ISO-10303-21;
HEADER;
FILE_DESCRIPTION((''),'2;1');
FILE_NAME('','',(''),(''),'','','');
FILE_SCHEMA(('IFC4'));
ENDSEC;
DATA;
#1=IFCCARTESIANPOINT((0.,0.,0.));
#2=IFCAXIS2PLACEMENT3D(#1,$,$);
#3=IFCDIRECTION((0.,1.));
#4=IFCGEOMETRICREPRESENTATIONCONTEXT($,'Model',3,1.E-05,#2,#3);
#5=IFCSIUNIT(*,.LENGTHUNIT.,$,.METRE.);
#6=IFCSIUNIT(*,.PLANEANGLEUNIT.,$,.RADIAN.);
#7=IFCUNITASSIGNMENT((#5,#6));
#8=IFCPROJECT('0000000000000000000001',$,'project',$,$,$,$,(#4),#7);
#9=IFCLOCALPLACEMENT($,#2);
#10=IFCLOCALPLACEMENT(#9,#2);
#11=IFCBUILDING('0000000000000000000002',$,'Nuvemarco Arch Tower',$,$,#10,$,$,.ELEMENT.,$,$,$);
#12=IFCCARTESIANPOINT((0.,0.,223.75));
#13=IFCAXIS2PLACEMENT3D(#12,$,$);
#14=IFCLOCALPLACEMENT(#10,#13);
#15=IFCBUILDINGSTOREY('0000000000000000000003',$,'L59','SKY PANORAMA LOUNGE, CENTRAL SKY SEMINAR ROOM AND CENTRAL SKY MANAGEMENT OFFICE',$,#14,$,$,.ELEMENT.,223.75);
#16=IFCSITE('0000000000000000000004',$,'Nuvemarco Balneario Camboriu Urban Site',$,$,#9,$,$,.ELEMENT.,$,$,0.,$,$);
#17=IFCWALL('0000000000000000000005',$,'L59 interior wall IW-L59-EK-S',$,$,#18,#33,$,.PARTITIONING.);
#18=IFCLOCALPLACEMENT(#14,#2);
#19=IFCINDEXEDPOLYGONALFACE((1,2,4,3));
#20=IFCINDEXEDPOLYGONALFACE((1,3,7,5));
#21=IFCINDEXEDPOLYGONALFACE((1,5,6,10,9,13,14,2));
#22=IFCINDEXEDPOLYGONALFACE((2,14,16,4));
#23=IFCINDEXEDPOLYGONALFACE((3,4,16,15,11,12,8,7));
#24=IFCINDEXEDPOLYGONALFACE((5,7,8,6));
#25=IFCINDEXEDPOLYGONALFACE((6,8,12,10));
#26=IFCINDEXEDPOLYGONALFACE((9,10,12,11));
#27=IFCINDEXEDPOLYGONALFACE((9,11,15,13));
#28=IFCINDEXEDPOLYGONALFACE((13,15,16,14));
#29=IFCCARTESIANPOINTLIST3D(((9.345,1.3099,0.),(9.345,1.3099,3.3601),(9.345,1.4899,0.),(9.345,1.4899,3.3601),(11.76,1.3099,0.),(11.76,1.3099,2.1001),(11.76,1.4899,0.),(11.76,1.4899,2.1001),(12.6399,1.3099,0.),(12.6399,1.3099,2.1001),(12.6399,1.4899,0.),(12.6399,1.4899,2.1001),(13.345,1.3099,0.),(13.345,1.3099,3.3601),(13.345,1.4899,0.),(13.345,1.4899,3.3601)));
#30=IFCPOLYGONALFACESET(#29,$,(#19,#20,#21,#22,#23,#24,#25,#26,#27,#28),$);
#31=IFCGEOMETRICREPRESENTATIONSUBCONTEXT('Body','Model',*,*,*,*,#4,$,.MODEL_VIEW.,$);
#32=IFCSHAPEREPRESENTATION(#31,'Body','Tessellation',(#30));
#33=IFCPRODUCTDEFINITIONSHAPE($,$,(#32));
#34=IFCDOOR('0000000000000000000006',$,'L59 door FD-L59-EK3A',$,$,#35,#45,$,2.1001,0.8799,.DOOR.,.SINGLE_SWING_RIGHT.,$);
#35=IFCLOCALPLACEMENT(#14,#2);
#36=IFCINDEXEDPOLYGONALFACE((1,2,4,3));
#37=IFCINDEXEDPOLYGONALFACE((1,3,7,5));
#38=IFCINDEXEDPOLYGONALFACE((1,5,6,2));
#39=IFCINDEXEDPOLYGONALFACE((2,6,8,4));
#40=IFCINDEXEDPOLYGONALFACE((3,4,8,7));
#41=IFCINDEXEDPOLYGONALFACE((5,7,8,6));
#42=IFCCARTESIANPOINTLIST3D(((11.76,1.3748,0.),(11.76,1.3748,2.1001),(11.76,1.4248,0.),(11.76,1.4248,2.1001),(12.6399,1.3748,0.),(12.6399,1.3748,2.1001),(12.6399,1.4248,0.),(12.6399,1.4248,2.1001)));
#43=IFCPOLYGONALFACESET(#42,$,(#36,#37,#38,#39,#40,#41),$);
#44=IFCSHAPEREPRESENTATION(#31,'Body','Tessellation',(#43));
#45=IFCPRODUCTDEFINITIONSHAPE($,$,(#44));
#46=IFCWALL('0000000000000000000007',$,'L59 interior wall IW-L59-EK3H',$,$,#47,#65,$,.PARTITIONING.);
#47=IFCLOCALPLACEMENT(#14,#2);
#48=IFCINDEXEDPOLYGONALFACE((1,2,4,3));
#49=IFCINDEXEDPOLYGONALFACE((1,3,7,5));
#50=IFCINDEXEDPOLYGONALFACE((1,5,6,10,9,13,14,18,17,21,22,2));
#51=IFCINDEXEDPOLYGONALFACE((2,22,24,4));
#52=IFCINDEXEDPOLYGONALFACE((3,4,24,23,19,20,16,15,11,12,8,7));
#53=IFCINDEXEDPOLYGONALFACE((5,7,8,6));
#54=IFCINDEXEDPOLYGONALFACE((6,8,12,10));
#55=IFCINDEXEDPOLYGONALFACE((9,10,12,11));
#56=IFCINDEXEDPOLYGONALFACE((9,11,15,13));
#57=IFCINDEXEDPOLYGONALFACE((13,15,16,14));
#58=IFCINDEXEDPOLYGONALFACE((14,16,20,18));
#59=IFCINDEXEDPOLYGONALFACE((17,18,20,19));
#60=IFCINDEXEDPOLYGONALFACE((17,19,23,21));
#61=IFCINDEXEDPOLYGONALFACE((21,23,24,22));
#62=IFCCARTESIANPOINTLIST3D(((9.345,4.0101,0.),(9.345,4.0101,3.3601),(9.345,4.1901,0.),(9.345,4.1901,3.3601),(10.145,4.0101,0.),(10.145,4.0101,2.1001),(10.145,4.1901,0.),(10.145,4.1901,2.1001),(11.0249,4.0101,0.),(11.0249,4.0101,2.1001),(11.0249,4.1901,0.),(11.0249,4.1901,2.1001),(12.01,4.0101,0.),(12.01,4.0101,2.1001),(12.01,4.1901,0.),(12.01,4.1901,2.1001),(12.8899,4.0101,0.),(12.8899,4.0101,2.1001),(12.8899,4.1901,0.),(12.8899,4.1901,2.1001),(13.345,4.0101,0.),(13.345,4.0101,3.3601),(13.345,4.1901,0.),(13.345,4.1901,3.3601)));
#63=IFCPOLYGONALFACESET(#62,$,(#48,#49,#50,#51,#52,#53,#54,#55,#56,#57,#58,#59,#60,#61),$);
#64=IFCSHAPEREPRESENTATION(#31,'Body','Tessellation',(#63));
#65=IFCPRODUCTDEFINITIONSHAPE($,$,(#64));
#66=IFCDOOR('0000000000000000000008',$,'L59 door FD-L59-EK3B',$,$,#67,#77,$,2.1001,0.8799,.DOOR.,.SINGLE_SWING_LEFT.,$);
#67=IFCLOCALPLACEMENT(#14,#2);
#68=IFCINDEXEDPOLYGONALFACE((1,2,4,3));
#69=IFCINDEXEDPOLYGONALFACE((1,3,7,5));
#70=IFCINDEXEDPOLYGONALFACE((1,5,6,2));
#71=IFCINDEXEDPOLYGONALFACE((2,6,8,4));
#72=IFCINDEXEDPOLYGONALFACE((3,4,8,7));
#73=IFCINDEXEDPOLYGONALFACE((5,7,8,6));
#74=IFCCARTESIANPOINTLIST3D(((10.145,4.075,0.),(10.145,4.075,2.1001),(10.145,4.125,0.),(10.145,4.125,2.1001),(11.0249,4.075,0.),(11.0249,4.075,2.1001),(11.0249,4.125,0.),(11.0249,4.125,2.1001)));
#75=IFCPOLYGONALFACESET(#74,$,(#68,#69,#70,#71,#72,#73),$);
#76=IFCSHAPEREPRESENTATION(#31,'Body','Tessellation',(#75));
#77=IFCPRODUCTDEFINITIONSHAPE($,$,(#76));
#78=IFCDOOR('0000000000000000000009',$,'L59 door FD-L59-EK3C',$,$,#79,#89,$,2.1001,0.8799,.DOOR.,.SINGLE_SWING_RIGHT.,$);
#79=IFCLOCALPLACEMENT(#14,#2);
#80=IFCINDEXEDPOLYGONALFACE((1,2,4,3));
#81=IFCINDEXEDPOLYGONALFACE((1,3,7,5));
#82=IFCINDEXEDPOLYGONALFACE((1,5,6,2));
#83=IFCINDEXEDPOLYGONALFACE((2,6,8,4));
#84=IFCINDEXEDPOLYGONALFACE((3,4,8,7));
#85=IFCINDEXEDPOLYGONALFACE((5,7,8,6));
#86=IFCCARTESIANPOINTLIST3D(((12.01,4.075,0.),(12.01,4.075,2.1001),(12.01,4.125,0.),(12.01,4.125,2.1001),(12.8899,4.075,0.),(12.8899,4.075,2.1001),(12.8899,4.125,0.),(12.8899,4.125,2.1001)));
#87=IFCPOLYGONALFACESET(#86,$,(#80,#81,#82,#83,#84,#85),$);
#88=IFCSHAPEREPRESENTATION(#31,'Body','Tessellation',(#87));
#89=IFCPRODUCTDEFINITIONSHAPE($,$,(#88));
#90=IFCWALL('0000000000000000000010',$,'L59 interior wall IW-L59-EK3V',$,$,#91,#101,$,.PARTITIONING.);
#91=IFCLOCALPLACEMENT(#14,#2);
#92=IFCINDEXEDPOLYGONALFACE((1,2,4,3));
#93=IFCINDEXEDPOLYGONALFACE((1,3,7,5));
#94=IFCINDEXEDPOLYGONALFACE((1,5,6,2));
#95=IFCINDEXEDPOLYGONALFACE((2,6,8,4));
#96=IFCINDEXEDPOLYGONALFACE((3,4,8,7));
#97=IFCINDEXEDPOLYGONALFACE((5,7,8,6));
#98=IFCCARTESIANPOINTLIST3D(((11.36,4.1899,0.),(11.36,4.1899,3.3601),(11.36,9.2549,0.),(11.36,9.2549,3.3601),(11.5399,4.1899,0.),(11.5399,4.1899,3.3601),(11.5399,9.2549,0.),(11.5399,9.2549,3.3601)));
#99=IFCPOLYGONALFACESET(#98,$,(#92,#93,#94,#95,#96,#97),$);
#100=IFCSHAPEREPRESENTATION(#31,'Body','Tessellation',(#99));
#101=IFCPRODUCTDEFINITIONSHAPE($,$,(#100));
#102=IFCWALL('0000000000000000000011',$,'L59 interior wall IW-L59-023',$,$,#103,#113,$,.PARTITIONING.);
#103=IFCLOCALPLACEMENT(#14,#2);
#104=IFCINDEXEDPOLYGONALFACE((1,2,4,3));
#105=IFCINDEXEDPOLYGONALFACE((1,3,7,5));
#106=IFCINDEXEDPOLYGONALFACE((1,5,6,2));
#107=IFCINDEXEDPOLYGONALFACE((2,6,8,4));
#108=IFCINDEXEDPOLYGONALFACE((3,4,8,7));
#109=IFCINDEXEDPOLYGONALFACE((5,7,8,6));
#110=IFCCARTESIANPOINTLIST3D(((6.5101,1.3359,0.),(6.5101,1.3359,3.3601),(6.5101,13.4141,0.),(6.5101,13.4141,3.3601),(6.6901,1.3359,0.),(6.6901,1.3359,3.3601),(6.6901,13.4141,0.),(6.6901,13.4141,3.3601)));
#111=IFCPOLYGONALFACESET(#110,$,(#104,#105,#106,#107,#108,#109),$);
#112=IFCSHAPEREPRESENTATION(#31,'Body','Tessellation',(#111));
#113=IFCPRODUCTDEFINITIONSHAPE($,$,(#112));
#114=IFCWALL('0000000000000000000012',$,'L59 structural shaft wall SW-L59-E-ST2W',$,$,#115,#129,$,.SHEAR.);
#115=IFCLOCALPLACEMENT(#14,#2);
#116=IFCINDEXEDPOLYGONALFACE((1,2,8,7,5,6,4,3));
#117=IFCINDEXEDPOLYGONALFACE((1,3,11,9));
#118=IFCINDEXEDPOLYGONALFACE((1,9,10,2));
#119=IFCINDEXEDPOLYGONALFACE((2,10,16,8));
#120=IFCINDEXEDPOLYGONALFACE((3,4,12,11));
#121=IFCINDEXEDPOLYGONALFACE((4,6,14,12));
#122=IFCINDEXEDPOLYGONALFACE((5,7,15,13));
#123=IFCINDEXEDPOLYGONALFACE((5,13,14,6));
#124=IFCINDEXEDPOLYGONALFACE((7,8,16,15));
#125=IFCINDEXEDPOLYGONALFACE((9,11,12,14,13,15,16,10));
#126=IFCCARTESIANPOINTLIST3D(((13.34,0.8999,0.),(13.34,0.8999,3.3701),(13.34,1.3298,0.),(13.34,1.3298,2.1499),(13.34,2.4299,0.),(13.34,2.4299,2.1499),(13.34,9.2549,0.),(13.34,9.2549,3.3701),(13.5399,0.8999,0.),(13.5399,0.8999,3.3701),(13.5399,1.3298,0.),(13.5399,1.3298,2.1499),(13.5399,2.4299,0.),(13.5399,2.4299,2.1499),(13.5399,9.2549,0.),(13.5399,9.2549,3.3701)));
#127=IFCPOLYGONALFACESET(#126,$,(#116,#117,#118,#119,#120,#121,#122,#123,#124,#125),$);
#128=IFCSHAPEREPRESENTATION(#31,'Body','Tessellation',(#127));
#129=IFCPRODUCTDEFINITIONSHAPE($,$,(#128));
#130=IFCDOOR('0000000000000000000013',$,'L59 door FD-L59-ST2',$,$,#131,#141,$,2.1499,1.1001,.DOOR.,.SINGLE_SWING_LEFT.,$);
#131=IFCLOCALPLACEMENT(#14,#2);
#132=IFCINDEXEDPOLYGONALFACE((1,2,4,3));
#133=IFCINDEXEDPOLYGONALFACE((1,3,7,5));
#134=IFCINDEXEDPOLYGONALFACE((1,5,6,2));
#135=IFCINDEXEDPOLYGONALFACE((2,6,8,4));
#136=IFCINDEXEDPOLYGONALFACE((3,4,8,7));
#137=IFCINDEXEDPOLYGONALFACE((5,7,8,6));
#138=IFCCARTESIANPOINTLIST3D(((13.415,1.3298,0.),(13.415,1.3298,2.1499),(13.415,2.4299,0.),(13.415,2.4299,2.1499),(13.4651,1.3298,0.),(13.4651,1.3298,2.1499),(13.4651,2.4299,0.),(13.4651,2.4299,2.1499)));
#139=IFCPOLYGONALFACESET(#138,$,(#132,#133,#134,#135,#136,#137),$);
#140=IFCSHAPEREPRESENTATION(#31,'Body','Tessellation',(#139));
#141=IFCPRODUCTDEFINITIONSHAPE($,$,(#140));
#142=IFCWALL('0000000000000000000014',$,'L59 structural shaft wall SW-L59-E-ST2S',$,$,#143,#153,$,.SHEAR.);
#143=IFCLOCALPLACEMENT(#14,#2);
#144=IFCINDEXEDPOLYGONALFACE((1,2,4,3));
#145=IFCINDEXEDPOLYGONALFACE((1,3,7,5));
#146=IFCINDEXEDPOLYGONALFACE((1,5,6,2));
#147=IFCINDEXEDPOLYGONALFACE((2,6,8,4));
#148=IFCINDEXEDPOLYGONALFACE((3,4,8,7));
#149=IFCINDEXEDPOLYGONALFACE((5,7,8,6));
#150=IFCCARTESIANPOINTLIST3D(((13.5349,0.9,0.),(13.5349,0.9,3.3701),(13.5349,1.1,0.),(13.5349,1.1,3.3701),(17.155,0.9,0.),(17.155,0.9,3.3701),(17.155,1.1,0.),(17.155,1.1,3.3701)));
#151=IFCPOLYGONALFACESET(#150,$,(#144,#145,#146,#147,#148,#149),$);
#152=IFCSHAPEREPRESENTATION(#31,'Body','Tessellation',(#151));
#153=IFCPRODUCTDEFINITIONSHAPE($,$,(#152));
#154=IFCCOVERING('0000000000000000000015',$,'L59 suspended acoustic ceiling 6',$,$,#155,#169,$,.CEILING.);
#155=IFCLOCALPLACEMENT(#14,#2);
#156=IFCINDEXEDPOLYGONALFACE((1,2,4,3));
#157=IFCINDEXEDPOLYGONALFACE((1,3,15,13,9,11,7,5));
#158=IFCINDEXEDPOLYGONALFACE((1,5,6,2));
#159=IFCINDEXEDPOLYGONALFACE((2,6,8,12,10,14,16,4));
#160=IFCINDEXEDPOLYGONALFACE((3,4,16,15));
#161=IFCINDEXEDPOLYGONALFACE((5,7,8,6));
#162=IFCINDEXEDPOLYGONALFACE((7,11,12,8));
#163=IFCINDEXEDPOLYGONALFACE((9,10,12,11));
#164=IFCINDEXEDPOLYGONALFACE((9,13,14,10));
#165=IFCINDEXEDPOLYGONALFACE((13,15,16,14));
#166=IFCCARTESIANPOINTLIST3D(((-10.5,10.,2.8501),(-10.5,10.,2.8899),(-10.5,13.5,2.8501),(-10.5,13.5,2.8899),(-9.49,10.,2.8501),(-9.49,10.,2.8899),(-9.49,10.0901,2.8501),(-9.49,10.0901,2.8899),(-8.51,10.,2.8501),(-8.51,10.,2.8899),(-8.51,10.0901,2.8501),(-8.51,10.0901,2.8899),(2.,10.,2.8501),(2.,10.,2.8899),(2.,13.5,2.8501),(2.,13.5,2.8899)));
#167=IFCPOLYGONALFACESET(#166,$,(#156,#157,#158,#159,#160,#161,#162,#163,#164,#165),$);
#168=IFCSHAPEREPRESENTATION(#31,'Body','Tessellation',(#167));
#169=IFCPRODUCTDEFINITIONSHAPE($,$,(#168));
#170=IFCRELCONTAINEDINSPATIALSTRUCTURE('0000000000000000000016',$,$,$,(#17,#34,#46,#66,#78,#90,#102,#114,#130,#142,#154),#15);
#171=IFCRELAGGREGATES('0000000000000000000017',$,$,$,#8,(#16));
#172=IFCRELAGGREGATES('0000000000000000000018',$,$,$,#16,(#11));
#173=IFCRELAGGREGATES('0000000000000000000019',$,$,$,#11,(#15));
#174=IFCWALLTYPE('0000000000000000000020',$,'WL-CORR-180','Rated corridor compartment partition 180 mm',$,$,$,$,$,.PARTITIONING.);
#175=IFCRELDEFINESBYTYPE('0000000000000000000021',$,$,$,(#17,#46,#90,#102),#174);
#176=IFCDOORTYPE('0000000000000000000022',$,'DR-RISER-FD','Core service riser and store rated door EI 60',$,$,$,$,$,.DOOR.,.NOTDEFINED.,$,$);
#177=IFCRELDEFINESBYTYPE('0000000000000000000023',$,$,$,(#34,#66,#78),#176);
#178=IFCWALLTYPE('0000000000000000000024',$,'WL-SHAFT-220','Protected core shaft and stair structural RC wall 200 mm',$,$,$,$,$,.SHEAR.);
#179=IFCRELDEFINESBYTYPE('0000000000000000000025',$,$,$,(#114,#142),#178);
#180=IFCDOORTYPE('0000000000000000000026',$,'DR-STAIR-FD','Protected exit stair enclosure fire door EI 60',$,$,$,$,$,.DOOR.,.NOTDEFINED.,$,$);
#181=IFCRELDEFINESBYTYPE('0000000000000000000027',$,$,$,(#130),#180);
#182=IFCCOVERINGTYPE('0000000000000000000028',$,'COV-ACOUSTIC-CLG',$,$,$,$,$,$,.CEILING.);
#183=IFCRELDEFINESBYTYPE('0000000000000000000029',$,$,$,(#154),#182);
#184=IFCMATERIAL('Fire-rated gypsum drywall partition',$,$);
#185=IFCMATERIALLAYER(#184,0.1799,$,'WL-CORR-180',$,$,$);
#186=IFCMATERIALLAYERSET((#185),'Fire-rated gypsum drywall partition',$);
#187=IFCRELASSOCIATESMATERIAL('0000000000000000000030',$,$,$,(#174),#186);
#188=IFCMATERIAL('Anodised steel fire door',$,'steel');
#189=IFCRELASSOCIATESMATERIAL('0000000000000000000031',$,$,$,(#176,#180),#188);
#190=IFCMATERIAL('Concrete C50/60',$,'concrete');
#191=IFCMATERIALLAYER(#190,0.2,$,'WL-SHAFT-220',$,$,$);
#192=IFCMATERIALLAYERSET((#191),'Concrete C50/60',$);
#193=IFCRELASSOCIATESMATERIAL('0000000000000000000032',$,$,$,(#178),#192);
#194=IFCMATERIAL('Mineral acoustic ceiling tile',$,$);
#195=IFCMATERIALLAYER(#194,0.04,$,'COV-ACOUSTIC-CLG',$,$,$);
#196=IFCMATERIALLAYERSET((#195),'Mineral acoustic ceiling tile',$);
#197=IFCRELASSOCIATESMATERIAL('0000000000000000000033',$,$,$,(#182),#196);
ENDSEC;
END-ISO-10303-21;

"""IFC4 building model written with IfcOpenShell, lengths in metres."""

from ifc_helpers import new_model, si_unit, direction, frame, frame_2d, origin, place, context, subcontext, project, spatial, polyline, rectangle, outline, extrude, source, transform, mapped, material, layer, layer_set, type_object, type_shapes, element, fill, save


model = new_model("IFC4")

# Units and contexts
model_context = context("Model", 3, precision=1e-05, world=origin(), true_north=direction((0.0, 1.0)))
body_context = subcontext(model_context, "Body", "Model", "MODEL_VIEW")
ifc_project = project(units=[si_unit("LENGTHUNIT", "METRE"), si_unit("PLANEANGLEUNIT", "RADIAN")], contexts=[model_context])

# Site, building, storey
site_placement = place(None, origin())
site = spatial("IfcSite", under=ifc_project, at=site_placement, Name="Nuvemarco Balneario Camboriu Urban Site", CompositionType="ELEMENT", RefElevation=0.0)
building_placement = place(site_placement, origin())
building = spatial("IfcBuilding", under=site, at=building_placement, Name="Nuvemarco Arch Tower", CompositionType="ELEMENT")
storey_placement = place(building_placement, frame((0.0, 0.0, 223.75)))
storey = spatial("IfcBuildingStorey", under=building, at=storey_placement, Name="L59", Description="SKY PANORAMA LOUNGE, CENTRAL SKY SEMINAR ROOM AND CENTRAL SKY MANAGEMENT OFFICE", CompositionType="ELEMENT", Elevation=223.75)

# Shared definitions
ifc_material_1 = material(Name="Concrete C50/60", Category="concrete")

# Wall, opening, door
ifc_material_2 = material(Name="Fire-rated gypsum drywall partition")
ifc_layer_1 = layer(ifc_material_2, 0.1799, Name="WL-CORR-180")
ifc_layer_set_1 = layer_set([ifc_layer_1], Name="Fire-rated gypsum drywall partition")
wall_type_1 = type_object("IfcWallType", Name="WL-CORR-180", Description="Rated corridor compartment partition 180 mm", PredefinedType="PARTITIONING", material=ifc_layer_set_1)
wall_1_placement = place(storey_placement, frame((9.345, 1.3999, 0.0), z_axis=(0.0, 0.0, 1.0), x_axis=(1.0, 0.0, 0.0)))
wall_1 = element("IfcWall", 1, at=wall_1_placement, inside=storey, type_object=wall_type_1, Name="L59 interior wall IW-L59-EK-S", PredefinedType="PARTITIONING", context=body_context, shape_type="SweptSolid", body=[
    extrude(rectangle(XDim=4.0, YDim=0.1799, at=frame_2d((2.0, 0.0))), origin(), (0.0, 0.0, 1.0), 3.3601),
])
opening_1_placement = place(wall_1_placement, frame((2.415, 0.0, 0.0)))
opening_1 = element("IfcOpeningElement", 2, at=opening_1_placement, cuts=wall_1, PredefinedType="OPENING", context=body_context, shape_type="SweptSolid", body=[
    extrude(rectangle(XDim=0.8799, YDim=2.1001, at=frame_2d((0.4399, 1.05))), frame((0.0, 0.0999, 0.0), z_axis=(0.0, -1.0, 0.0), x_axis=(1.0, 0.0, 0.0)), (0.0, 0.0, 1.0), 0.2),
])
ifc_material_3 = material(Name="Anodised steel fire door", Category="steel")
door_type_1 = type_object("IfcDoorType", Name="DR-RISER-FD", Description="Core service riser and store rated door EI 60", OperationType="NOTDEFINED", PredefinedType="DOOR", material=ifc_material_3)
shared_shape_1 = source(origin(), body_context, "Body", "SweptSolid", [
    extrude(rectangle(XDim=0.8799, YDim=2.1001, at=frame_2d((0.4399, 1.05))), frame((0.0, 0.0249, 0.0), z_axis=(0.0, -1.0, 0.0), x_axis=(1.0, 0.0, 0.0)), (0.0, 0.0, 1.0), 0.05),
])
type_shapes(door_type_1, [shared_shape_1])
door_1_placement = place(opening_1_placement, origin())
door_1 = element("IfcDoor", 3, at=door_1_placement, inside=storey, type_object=door_type_1, Name="L59 door FD-L59-EK3A", OperationType="SINGLE_SWING_RIGHT", OverallHeight=2.1001, OverallWidth=0.8799, PredefinedType="DOOR", context=body_context, shape_type="MappedRepresentation", body=[
    mapped(shared_shape_1, transform((0.0, 0.0, 0.0), scale=1.0)),
])
fill(opening_1, door_1)

# Wall, openings, doors
wall_2_placement = place(storey_placement, frame((9.345, 4.1001, 0.0), z_axis=(0.0, 0.0, 1.0), x_axis=(1.0, 0.0, 0.0)))
wall_2 = element("IfcWall", 4, at=wall_2_placement, inside=storey, type_object=wall_type_1, Name="L59 interior wall IW-L59-EK3H", PredefinedType="PARTITIONING", context=body_context, shape_type="SweptSolid", body=[
    extrude(rectangle(XDim=4.0, YDim=0.1799, at=frame_2d((2.0, 0.0))), origin(), (0.0, 0.0, 1.0), 3.3601),
])
opening_2_placement = place(wall_2_placement, frame((0.8, 0.0, 0.0)))
opening_2 = element("IfcOpeningElement", 5, at=opening_2_placement, cuts=wall_2, PredefinedType="OPENING", context=body_context, shape_type="SweptSolid", body=[
    extrude(rectangle(XDim=0.8799, YDim=2.1001, at=frame_2d((0.4399, 1.05))), frame((0.0, 0.0999, 0.0), z_axis=(0.0, -1.0, 0.0), x_axis=(1.0, 0.0, 0.0)), (0.0, 0.0, 1.0), 0.2),
])
opening_3_placement = place(wall_2_placement, frame((2.665, 0.0, 0.0)))
opening_3 = element("IfcOpeningElement", 6, at=opening_3_placement, cuts=wall_2, PredefinedType="OPENING", context=body_context, shape_type="SweptSolid", body=[
    extrude(rectangle(XDim=0.8799, YDim=2.1001, at=frame_2d((0.4399, 1.05))), frame((0.0, 0.0999, 0.0), z_axis=(0.0, -1.0, 0.0), x_axis=(1.0, 0.0, 0.0)), (0.0, 0.0, 1.0), 0.2),
])
door_2_placement = place(opening_2_placement, origin())
door_2 = element("IfcDoor", 7, at=door_2_placement, inside=storey, type_object=door_type_1, Name="L59 door FD-L59-EK3B", OperationType="SINGLE_SWING_LEFT", OverallHeight=2.1001, OverallWidth=0.8799, PredefinedType="DOOR", context=body_context, shape_type="MappedRepresentation", body=[
    mapped(shared_shape_1, transform((0.0, 0.0, 0.0), scale=1.0)),
])
fill(opening_2, door_2)
door_3_placement = place(opening_3_placement, origin())
door_3 = element("IfcDoor", 8, at=door_3_placement, inside=storey, type_object=door_type_1, Name="L59 door FD-L59-EK3C", OperationType="SINGLE_SWING_RIGHT", OverallHeight=2.1001, OverallWidth=0.8799, PredefinedType="DOOR", context=body_context, shape_type="MappedRepresentation", body=[
    mapped(shared_shape_1, transform((0.0, 0.0, 0.0), scale=1.0)),
])
fill(opening_3, door_3)

# Walls
wall_3_placement = place(storey_placement, frame((11.45, 4.1899, 0.0), z_axis=(0.0, 0.0, 1.0), x_axis=(0.0, 1.0, 0.0)))
element("IfcWall", 9, at=wall_3_placement, inside=storey, type_object=wall_type_1, Name="L59 interior wall IW-L59-EK3V", PredefinedType="PARTITIONING", context=body_context, shape_type="SweptSolid", body=[
    extrude(rectangle(XDim=5.0649, YDim=0.1799, at=frame_2d((2.5325, 0.0))), origin(), (0.0, 0.0, 1.0), 3.3601),
])
wall_4_placement = place(storey_placement, frame((6.6001, 1.3359, 0.0), z_axis=(0.0, 0.0, 1.0), x_axis=(0.0, 1.0, 0.0)))
element("IfcWall", 10, at=wall_4_placement, inside=storey, type_object=wall_type_1, Name="L59 interior wall IW-L59-023", PredefinedType="PARTITIONING", context=body_context, shape_type="SweptSolid", body=[
    extrude(rectangle(XDim=12.0781, YDim=0.1799, at=frame_2d((6.0391, 0.0))), origin(), (0.0, 0.0, 1.0), 3.3601),
])

# Wall, opening, door
ifc_layer_2 = layer(ifc_material_1, 0.2, Name="WL-SHAFT-220")
ifc_layer_set_2 = layer_set([ifc_layer_2], Name="Concrete C50/60")
wall_type_2 = type_object("IfcWallType", Name="WL-SHAFT-220", Description="Protected core shaft and stair structural RC wall 200 mm", PredefinedType="SHEAR", material=ifc_layer_set_2)
wall_5_placement = place(storey_placement, frame((13.4399, 0.8999, 0.0), z_axis=(0.0, 0.0, 1.0), x_axis=(0.0, 1.0, 0.0)))
wall_5 = element("IfcWall", 11, at=wall_5_placement, inside=storey, type_object=wall_type_2, Name="L59 structural shaft wall SW-L59-E-ST2W", PredefinedType="SHEAR", context=body_context, shape_type="SweptSolid", body=[
    extrude(rectangle(XDim=8.355, YDim=0.2, at=frame_2d((4.1775, 0.0))), origin(), (0.0, 0.0, 1.0), 3.3701),
])
opening_4_placement = place(wall_5_placement, frame((0.4299, 0.0, 0.0)))
opening_4 = element("IfcOpeningElement", 12, at=opening_4_placement, cuts=wall_5, PredefinedType="OPENING", context=body_context, shape_type="SweptSolid", body=[
    extrude(rectangle(XDim=1.1001, YDim=2.1499, at=frame_2d((0.55, 1.075))), frame((0.0, 0.1099, 0.0), z_axis=(0.0, -1.0, 0.0), x_axis=(1.0, 0.0, 0.0)), (0.0, 0.0, 1.0), 0.22),
])
door_type_2 = type_object("IfcDoorType", Name="DR-STAIR-FD", Description="Protected exit stair enclosure fire door EI 60", OperationType="NOTDEFINED", PredefinedType="DOOR", material=ifc_material_3)
shared_shape_2 = source(origin(), body_context, "Body", "SweptSolid", [
    extrude(rectangle(XDim=1.1001, YDim=2.1499, at=frame_2d((0.55, 1.075))), frame((0.0, 0.0249, 0.0), z_axis=(0.0, -1.0, 0.0), x_axis=(1.0, 0.0, 0.0)), (0.0, 0.0, 1.0), 0.05),
])
type_shapes(door_type_2, [shared_shape_2])
door_4_placement = place(opening_4_placement, origin())
door_4 = element("IfcDoor", 13, at=door_4_placement, inside=storey, type_object=door_type_2, Name="L59 door FD-L59-ST2", OperationType="SINGLE_SWING_LEFT", OverallHeight=2.1499, OverallWidth=1.1001, PredefinedType="DOOR", context=body_context, shape_type="MappedRepresentation", body=[
    mapped(shared_shape_2, transform((0.0, 0.0, 0.0), scale=1.0)),
])
fill(opening_4, door_4)

# Wall
wall_6_placement = place(storey_placement, frame((13.5349, 1.0, 0.0), z_axis=(0.0, 0.0, 1.0), x_axis=(1.0, 0.0, 0.0)))
element("IfcWall", 14, at=wall_6_placement, inside=storey, type_object=wall_type_2, Name="L59 structural shaft wall SW-L59-E-ST2S", PredefinedType="SHEAR", context=body_context, shape_type="SweptSolid", body=[
    extrude(rectangle(XDim=3.6201, YDim=0.2, at=frame_2d((1.8101, 0.0))), origin(), (0.0, 0.0, 1.0), 3.3701),
])

# Covering
ifc_material_4 = material(Name="Mineral acoustic ceiling tile")
ifc_layer_3 = layer(ifc_material_4, 0.04, Name="COV-ACOUSTIC-CLG")
ifc_layer_set_3 = layer_set([ifc_layer_3], Name="Mineral acoustic ceiling tile")
covering_type_1 = type_object("IfcCoveringType", Name="COV-ACOUSTIC-CLG", PredefinedType="CEILING", material=ifc_layer_set_3)
covering_1_placement = place(storey_placement, frame((0.0, 0.0, 2.8501)))
element("IfcCovering", 15, at=covering_1_placement, inside=storey, type_object=covering_type_1, Name="L59 suspended acoustic ceiling 6", PredefinedType="CEILING", context=body_context, shape_type="SweptSolid", body=[
    extrude(outline(polyline([(2.0, 10.0), (-8.51, 10.0), (-8.51, 10.0901), (-9.49, 10.0901), (-9.49, 10.0), (-10.5, 10.0), (-10.5, 13.5), (2.0, 13.5), (2.0, 10.0)])), origin(), (0.0, 0.0, 1.0), 0.0398),
])

save(model, "model.ifc")
